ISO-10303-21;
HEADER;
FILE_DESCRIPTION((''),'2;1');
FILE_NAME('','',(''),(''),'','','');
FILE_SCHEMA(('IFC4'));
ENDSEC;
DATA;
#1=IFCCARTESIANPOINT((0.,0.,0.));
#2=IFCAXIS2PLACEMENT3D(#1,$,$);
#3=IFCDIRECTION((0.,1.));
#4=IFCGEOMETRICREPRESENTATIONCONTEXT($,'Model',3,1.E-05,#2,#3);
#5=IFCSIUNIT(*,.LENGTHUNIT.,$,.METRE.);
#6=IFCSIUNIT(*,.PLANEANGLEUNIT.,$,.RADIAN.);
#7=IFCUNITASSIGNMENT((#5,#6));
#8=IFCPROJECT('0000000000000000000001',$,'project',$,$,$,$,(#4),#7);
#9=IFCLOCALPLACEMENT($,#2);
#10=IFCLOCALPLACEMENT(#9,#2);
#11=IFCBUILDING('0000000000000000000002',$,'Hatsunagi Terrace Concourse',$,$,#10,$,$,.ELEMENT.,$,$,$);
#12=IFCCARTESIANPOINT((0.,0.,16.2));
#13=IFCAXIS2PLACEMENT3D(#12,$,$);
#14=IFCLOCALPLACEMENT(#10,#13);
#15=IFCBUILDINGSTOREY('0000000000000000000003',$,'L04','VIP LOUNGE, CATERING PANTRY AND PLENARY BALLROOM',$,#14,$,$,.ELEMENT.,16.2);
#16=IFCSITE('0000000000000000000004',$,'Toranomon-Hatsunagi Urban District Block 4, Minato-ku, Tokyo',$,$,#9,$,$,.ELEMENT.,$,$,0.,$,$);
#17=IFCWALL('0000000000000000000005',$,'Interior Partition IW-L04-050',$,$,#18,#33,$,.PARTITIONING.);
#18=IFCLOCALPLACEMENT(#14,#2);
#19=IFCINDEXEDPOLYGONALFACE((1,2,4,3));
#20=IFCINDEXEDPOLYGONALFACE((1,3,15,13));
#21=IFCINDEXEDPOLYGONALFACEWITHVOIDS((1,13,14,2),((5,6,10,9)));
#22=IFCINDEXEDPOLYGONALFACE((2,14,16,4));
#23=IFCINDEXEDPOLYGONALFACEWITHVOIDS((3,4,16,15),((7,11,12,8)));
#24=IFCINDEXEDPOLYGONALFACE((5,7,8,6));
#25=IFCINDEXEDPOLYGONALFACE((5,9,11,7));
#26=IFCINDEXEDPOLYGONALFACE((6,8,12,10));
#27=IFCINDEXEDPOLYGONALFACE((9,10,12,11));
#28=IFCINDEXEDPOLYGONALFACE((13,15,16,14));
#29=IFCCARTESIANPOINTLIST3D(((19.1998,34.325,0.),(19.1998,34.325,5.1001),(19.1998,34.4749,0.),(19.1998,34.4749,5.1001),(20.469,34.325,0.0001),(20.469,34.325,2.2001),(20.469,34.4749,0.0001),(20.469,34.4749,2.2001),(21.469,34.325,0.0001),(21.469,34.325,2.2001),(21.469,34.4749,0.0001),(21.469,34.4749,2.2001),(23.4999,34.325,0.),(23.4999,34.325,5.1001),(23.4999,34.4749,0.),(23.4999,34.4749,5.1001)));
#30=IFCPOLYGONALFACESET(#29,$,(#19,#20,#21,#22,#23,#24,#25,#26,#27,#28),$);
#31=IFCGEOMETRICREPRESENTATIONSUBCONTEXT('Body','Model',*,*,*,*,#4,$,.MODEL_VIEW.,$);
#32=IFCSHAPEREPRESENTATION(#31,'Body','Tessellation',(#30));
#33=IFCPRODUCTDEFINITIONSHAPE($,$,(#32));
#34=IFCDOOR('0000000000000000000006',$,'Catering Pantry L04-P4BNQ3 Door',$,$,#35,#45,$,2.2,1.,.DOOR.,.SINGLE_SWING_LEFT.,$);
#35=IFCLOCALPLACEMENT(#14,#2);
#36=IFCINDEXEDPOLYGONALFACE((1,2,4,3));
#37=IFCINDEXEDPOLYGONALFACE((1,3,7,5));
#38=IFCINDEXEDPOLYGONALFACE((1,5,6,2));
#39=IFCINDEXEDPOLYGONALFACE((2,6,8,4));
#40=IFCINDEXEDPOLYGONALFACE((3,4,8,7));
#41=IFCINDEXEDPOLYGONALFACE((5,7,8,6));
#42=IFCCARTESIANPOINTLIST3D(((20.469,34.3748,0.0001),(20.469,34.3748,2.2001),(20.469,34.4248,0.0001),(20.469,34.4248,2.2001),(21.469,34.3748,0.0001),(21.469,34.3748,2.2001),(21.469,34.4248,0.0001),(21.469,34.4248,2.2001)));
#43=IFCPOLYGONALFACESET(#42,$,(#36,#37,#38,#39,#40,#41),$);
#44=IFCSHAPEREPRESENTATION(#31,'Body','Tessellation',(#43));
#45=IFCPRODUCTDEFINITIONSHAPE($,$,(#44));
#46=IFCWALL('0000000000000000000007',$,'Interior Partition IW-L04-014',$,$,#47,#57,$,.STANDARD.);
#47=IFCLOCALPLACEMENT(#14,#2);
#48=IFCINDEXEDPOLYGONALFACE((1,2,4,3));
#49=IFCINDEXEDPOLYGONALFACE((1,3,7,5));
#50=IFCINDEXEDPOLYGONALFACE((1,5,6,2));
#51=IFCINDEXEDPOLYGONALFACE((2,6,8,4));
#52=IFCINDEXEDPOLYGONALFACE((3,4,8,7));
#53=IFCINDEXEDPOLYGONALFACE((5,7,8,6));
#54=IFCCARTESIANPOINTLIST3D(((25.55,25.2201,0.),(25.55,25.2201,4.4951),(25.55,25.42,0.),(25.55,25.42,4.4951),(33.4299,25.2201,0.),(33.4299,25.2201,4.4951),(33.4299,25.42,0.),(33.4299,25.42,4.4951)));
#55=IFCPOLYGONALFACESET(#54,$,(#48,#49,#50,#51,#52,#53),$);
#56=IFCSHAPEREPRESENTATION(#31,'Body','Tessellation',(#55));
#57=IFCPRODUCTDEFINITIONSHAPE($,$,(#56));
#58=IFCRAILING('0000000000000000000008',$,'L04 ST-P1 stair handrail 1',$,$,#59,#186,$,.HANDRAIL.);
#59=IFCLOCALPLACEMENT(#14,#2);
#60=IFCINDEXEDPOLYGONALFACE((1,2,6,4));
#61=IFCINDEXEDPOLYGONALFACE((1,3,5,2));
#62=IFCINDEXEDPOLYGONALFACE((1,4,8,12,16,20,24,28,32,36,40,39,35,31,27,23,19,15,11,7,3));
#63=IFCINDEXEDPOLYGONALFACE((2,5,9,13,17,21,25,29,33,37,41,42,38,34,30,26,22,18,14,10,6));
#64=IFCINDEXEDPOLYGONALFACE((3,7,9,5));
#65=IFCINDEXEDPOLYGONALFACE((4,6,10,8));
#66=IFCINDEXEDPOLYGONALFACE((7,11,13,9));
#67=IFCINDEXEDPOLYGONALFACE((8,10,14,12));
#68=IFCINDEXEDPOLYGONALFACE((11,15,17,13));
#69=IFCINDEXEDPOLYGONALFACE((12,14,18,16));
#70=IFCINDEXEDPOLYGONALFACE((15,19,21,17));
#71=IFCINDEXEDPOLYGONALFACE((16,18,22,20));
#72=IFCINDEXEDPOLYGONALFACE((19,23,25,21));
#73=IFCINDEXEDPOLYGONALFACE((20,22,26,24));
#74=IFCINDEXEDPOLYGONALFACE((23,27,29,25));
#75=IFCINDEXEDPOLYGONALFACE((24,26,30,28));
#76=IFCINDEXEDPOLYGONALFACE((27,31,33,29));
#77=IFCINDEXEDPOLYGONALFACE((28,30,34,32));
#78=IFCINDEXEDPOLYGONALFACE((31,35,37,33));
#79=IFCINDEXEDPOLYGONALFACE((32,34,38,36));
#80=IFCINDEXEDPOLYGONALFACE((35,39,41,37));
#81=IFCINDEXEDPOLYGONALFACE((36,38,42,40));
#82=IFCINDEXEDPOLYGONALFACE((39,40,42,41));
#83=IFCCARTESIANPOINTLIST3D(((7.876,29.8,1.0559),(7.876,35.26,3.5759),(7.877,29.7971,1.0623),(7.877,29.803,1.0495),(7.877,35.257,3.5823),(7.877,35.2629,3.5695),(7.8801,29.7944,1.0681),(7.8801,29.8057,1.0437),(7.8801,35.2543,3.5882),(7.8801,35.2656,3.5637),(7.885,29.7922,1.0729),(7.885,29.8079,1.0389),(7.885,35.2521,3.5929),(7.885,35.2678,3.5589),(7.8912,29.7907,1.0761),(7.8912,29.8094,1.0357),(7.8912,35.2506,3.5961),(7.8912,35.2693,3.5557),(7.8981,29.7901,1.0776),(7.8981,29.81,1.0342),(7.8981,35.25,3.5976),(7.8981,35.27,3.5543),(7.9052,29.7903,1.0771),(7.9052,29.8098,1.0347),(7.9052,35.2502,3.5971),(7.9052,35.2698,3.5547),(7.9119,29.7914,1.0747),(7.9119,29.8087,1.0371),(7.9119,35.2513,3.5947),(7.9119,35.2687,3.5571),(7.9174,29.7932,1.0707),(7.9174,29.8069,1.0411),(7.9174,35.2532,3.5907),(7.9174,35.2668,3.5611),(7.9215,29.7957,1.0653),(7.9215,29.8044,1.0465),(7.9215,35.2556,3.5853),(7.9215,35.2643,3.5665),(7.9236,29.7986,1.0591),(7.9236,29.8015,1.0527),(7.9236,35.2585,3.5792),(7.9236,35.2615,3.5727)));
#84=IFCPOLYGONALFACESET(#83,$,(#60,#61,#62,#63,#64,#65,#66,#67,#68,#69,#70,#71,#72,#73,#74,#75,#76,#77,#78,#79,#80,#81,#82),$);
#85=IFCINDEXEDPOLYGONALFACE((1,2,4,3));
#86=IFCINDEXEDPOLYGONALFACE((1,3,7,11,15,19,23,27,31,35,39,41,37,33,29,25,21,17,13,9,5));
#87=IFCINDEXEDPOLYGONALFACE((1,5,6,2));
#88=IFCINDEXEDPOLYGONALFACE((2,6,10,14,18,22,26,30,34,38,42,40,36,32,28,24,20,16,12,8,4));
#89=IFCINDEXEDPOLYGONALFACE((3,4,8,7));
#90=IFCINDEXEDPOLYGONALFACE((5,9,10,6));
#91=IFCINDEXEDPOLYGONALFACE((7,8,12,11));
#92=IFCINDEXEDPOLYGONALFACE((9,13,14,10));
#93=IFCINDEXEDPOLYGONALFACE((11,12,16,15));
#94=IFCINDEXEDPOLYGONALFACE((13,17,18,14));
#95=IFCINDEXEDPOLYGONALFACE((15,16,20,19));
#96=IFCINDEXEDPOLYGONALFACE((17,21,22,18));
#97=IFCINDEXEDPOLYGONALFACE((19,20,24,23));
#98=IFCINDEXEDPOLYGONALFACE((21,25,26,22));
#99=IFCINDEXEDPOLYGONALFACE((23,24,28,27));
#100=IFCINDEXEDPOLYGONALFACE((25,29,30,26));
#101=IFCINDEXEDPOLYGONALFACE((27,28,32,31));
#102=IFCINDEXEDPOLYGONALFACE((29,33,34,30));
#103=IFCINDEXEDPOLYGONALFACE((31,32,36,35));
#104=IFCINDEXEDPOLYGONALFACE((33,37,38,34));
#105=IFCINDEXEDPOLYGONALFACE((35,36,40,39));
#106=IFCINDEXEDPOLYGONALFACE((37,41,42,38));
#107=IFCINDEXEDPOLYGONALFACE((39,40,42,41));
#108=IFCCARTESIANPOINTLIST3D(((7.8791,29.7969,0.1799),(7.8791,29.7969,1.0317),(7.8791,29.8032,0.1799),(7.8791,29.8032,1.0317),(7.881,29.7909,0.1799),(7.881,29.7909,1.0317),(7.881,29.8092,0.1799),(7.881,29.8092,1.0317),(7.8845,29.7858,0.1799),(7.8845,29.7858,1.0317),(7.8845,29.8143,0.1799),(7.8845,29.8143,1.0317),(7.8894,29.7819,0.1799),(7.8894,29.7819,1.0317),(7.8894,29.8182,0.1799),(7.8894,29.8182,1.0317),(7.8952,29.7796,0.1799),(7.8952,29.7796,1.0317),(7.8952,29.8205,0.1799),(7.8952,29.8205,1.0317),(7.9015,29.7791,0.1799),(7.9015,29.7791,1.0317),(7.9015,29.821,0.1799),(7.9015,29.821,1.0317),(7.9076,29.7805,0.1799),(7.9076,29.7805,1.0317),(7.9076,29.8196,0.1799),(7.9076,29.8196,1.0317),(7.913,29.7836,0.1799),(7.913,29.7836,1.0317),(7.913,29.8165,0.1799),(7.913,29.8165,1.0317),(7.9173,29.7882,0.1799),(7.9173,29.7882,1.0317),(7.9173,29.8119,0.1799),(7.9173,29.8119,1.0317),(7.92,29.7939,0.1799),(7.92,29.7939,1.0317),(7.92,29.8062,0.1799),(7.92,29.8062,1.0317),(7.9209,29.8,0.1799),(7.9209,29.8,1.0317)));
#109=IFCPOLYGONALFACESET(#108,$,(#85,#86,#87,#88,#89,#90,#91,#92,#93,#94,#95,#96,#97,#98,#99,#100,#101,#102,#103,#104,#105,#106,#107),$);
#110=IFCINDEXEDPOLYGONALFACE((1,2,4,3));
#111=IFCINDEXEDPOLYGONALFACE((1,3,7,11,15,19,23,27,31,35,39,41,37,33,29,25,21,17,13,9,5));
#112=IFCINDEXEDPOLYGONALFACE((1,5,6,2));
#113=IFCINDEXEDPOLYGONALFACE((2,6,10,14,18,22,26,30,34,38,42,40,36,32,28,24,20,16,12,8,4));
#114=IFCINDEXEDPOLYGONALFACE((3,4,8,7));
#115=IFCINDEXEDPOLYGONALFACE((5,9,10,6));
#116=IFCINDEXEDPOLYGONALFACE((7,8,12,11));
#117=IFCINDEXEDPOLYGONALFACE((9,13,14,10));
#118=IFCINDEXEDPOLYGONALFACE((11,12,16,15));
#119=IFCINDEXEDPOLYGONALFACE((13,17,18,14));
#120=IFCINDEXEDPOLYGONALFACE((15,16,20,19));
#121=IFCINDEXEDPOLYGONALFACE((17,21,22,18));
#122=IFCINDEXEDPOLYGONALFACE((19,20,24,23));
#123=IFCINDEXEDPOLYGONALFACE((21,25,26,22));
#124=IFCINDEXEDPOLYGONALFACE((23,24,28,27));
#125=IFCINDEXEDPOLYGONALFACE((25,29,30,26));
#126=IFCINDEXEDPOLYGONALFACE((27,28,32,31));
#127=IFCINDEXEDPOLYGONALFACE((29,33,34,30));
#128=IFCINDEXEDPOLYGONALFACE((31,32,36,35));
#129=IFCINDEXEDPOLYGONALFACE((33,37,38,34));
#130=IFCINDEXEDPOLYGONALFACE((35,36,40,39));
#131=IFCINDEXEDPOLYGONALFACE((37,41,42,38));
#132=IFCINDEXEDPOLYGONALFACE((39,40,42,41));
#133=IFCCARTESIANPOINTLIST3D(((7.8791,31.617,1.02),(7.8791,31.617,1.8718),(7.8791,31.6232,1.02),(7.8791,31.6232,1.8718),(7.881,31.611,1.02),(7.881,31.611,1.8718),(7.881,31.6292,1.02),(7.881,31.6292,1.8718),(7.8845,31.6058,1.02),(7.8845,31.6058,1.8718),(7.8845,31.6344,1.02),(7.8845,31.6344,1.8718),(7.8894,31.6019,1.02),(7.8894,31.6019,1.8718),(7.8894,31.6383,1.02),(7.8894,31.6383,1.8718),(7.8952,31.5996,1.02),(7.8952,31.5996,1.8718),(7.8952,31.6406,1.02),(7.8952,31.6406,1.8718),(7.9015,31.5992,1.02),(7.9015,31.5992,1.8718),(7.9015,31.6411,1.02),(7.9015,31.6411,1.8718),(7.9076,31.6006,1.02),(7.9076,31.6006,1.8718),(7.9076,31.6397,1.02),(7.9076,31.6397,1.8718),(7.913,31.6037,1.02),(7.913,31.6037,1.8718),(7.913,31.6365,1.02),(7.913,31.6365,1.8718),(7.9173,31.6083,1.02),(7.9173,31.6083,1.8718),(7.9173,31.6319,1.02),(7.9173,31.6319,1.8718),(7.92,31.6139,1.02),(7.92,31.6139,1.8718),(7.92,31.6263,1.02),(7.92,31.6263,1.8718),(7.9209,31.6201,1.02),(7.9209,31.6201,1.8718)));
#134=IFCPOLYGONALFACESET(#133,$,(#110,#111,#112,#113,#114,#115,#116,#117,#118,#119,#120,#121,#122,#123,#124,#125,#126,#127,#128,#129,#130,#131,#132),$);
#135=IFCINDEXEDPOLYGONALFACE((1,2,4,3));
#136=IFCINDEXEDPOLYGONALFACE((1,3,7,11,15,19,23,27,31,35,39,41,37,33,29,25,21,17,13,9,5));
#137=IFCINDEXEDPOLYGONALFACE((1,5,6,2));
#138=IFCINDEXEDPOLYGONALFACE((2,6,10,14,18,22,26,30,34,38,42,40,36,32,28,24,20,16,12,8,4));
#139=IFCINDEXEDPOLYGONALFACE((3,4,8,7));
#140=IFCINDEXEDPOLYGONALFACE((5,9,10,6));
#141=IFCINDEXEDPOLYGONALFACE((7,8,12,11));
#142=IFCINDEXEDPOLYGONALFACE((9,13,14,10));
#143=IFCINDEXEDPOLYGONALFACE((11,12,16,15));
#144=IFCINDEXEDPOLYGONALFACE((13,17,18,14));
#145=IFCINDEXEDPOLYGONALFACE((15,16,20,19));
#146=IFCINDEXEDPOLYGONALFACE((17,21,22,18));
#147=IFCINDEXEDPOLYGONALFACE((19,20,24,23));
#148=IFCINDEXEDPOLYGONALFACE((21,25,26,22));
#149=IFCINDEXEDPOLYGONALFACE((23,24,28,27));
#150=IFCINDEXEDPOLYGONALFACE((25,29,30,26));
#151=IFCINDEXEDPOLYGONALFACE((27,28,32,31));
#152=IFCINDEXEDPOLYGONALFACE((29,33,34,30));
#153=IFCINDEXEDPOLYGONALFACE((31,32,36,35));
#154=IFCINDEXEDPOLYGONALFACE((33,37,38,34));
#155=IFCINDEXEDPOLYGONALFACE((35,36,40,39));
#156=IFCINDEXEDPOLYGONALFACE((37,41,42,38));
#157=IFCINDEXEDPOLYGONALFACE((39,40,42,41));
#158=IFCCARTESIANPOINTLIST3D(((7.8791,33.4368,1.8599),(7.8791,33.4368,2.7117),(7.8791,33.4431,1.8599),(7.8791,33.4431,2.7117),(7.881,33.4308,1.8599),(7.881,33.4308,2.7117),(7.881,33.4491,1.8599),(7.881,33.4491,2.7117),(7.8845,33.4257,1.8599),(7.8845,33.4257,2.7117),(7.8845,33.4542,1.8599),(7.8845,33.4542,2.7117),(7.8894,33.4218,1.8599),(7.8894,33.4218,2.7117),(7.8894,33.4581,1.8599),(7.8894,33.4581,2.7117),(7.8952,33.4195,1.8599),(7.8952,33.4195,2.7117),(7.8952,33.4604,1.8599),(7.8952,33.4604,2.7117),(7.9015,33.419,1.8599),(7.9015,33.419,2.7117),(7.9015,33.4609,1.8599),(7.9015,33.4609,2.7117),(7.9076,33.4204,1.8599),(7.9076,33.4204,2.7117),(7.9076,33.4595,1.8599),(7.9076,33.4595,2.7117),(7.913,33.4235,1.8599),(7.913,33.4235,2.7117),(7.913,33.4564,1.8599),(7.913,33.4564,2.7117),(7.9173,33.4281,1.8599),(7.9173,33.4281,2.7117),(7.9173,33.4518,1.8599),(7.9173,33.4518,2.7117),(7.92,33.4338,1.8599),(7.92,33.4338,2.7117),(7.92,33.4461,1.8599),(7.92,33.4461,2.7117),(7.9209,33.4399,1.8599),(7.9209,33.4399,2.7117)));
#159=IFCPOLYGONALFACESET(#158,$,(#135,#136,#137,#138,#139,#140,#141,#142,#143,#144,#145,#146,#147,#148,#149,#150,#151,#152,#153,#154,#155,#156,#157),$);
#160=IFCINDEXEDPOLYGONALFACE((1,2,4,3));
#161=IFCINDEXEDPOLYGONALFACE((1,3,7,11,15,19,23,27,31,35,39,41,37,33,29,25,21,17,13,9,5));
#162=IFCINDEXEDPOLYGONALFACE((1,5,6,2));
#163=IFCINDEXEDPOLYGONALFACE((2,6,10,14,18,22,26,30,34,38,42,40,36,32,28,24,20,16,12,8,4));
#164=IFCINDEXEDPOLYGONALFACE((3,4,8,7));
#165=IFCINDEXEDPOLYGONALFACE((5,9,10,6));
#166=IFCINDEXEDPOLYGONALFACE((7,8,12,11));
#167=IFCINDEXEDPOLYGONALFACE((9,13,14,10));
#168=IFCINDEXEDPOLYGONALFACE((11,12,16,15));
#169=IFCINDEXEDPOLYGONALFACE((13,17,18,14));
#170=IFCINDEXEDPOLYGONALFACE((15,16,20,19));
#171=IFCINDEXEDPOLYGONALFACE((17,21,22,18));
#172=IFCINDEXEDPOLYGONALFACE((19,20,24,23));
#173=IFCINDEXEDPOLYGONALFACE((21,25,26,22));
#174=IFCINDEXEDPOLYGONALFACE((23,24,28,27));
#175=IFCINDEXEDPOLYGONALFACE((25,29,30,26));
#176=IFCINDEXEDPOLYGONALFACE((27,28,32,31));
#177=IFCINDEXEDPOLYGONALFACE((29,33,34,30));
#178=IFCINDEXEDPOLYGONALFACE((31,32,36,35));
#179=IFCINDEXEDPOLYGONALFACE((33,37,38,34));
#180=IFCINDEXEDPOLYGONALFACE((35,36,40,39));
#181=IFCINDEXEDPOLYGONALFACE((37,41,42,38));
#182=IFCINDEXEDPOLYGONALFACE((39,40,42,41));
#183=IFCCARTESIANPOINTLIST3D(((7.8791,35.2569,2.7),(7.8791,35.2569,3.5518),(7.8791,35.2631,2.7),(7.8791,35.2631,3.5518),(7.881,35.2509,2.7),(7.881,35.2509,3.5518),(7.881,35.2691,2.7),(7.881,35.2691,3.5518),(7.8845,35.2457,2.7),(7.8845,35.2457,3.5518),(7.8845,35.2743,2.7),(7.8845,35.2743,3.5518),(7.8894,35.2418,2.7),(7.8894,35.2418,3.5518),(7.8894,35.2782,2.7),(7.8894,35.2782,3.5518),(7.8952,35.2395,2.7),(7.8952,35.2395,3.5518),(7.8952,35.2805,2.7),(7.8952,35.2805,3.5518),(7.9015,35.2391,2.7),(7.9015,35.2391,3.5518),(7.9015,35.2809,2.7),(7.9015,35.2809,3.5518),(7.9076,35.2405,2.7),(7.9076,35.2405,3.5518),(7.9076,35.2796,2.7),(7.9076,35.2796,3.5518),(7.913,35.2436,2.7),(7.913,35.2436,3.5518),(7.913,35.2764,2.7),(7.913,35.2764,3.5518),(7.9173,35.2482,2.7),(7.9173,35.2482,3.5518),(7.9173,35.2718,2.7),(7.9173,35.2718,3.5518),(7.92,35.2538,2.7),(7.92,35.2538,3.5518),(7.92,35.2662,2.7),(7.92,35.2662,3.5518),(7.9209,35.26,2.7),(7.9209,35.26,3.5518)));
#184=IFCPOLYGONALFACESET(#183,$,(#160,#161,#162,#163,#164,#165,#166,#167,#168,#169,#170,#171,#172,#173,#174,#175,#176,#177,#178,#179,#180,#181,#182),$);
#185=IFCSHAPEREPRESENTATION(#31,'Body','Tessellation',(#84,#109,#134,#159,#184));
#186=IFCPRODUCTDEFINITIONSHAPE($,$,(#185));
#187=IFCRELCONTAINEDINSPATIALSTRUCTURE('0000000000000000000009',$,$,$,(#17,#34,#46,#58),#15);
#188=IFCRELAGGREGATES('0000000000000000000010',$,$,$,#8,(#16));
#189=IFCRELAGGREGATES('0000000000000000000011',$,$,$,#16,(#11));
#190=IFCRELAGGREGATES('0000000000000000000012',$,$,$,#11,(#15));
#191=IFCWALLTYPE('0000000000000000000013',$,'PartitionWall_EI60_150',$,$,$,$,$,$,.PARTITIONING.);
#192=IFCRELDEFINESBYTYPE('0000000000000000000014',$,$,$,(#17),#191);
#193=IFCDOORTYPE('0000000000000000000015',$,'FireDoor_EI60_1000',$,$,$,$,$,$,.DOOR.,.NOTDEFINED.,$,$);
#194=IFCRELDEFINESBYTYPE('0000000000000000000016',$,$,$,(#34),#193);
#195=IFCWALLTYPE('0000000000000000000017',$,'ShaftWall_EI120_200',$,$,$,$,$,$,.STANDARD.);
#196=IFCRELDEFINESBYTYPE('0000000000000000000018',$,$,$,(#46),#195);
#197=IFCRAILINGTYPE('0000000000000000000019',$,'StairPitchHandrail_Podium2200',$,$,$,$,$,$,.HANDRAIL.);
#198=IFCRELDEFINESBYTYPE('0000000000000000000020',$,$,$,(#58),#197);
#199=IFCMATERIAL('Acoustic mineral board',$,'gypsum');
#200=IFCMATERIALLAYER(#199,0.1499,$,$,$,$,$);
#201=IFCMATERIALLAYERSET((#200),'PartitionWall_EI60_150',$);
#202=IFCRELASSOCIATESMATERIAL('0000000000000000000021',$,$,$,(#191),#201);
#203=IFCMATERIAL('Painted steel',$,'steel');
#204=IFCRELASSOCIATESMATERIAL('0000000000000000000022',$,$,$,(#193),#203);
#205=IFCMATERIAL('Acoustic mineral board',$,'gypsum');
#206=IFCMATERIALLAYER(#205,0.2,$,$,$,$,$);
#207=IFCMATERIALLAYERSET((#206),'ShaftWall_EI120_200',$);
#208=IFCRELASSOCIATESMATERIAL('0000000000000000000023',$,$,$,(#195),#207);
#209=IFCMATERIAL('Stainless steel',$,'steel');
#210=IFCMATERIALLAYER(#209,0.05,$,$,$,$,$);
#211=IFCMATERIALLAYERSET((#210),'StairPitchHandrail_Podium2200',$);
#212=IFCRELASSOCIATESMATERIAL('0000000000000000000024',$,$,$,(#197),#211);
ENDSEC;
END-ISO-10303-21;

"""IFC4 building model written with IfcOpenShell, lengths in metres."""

from ifc_helpers import new_model, si_unit, direction, frame, frame_2d, origin, origin_2d, place, context, subcontext, project, spatial, rectangle, circle, extrude, material, layer, layer_set, type_object, element, fill, save


model = new_model("IFC4")

# Units and contexts
model_context = context("Model", 3, precision=1e-05, world=origin(), true_north=direction((0.0, 1.0)))
body_context = subcontext(model_context, "Body", "Model", "MODEL_VIEW")
ifc_project = project(units=[si_unit("LENGTHUNIT", "METRE"), si_unit("PLANEANGLEUNIT", "RADIAN")], contexts=[model_context])

# Site, building, storey
site_placement = place(None, origin())
site = spatial("IfcSite", under=ifc_project, at=site_placement, Name="Toranomon-Hatsunagi Urban District Block 4, Minato-ku, Tokyo", CompositionType="ELEMENT", RefElevation=0.0)
building_placement = place(site_placement, origin())
building = spatial("IfcBuilding", under=site, at=building_placement, Name="Hatsunagi Terrace Concourse", CompositionType="ELEMENT")
storey_placement = place(building_placement, frame((0.0, 0.0, 16.2)))
storey = spatial("IfcBuildingStorey", under=building, at=storey_placement, Name="L04", Description="VIP LOUNGE, CATERING PANTRY AND PLENARY BALLROOM", CompositionType="ELEMENT", Elevation=16.2)

# Shared definitions
ifc_material_1 = material(Name="Acoustic mineral board", Category="gypsum")
ifc_layer_1 = layer(ifc_material_1, 0.1499)
ifc_layer_set_1 = layer_set([ifc_layer_1], Name="PartitionWall_EI60_150")
wall_type_1 = type_object("IfcWallType", Name="PartitionWall_EI60_150", PredefinedType="PARTITIONING", material=ifc_layer_set_1)

# Wall, opening, door
wall_1_placement = place(storey_placement, frame((19.2, 34.3999, 0.0), z_axis=(0.0, 0.0, 1.0), x_axis=(1.0, 0.0, 0.0)))
wall_1 = element("IfcWall", 1, at=wall_1_placement, inside=storey, type_object=wall_type_1, Name="Interior Partition IW-L04-050", PredefinedType="PARTITIONING", context=body_context, shape_type="SweptSolid", body=[
    extrude(rectangle(XDim=4.3, YDim=0.1499, at=frame_2d((2.1499, 0.0))), origin(), (0.0, 0.0, 1.0), 5.1001),
])
opening_1_placement = place(wall_1_placement, frame((1.269, 0.0, 0.0)))
opening_1 = element("IfcOpeningElement", 2, at=opening_1_placement, cuts=wall_1, PredefinedType="OPENING", context=body_context, shape_type="SweptSolid", body=[
    extrude(rectangle(XDim=1.0, YDim=2.2, at=frame_2d((0.5, 1.1001))), frame((0.0, 0.085, 0.0), z_axis=(0.0, -1.0, 0.0), x_axis=(1.0, 0.0, 0.0)), (0.0, 0.0, 1.0), 0.1699),
])
ifc_material_2 = material(Name="Painted steel", Category="steel")
door_type_1 = type_object("IfcDoorType", Name="FireDoor_EI60_1000", OperationType="NOTDEFINED", PredefinedType="DOOR", material=ifc_material_2)
door_1_placement = place(opening_1_placement, origin())
door_1 = element("IfcDoor", 3, at=door_1_placement, inside=storey, type_object=door_type_1, Name="Catering Pantry L04-P4BNQ3 Door", OperationType="SINGLE_SWING_LEFT", OverallHeight=2.2, OverallWidth=1.0, PredefinedType="DOOR", context=body_context, shape_type="SweptSolid", body=[
    extrude(rectangle(XDim=1.0, YDim=2.2, at=frame_2d((0.5, 1.1001))), frame((0.0, 0.0249, 0.0), z_axis=(0.0, -1.0, 0.0), x_axis=(1.0, 0.0, 0.0)), (0.0, 0.0, 1.0), 0.05),
])
fill(opening_1, door_1)

# Wall
ifc_material_3 = material(Name="Acoustic mineral board", Category="gypsum")
ifc_layer_2 = layer(ifc_material_3, 0.2)
ifc_layer_set_2 = layer_set([ifc_layer_2], Name="ShaftWall_EI120_200")
wall_type_2 = type_object("IfcWallType", Name="ShaftWall_EI120_200", PredefinedType="STANDARD", material=ifc_layer_set_2)
wall_2_placement = place(storey_placement, frame((25.55, 25.3201, 0.0), z_axis=(0.0, 0.0, 1.0), x_axis=(1.0, 0.0, 0.0)))
element("IfcWall", 4, at=wall_2_placement, inside=storey, type_object=wall_type_2, Name="Interior Partition IW-L04-014", PredefinedType="STANDARD", context=body_context, shape_type="SweptSolid", body=[
    extrude(rectangle(XDim=7.8799, YDim=0.2, at=frame_2d((3.9399, 0.0))), origin(), (0.0, 0.0, 1.0), 4.4951),
])

# Railing
ifc_material_4 = material(Name="Stainless steel", Category="steel")
ifc_layer_3 = layer(ifc_material_4, 0.05)
ifc_layer_set_3 = layer_set([ifc_layer_3], Name="StairPitchHandrail_Podium2200")
railing_type = type_object("IfcRailingType", Name="StairPitchHandrail_Podium2200", PredefinedType="HANDRAIL", material=ifc_layer_set_3)
railing_placement = place(storey_placement, frame((7.8999, 29.8, 0.1799)))
element("IfcRailing", 5, at=railing_placement, inside=storey, type_object=railing_type, Name="L04 ST-P1 stair handrail 1", PredefinedType="HANDRAIL", context=body_context, shape_type="SweptSolid", body=[
    extrude(circle(Radius=0.0239, at=origin_2d()), frame((0.0, 0.0, 0.876), z_axis=(0.0, 0.907957, 0.419063), x_axis=(-1.0, 0.0, 0.0)), (0.0, 0.0, 1.0), 6.0134),
    extrude(circle(Radius=0.021, at=origin_2d()), origin(), (0.0, 0.0, 1.0), 0.8518),
    extrude(circle(Radius=0.021, at=origin_2d()), frame((0.0, 1.8201, 0.8401)), (0.0, 0.0, 1.0), 0.8518),
    extrude(circle(Radius=0.021, at=origin_2d()), frame((0.0, 3.6399, 1.6799)), (0.0, 0.0, 1.0), 0.8518),
    extrude(circle(Radius=0.021, at=origin_2d()), frame((0.0, 5.46, 2.52)), (0.0, 0.0, 1.0), 0.8518),
])

save(model, "model.ifc")
